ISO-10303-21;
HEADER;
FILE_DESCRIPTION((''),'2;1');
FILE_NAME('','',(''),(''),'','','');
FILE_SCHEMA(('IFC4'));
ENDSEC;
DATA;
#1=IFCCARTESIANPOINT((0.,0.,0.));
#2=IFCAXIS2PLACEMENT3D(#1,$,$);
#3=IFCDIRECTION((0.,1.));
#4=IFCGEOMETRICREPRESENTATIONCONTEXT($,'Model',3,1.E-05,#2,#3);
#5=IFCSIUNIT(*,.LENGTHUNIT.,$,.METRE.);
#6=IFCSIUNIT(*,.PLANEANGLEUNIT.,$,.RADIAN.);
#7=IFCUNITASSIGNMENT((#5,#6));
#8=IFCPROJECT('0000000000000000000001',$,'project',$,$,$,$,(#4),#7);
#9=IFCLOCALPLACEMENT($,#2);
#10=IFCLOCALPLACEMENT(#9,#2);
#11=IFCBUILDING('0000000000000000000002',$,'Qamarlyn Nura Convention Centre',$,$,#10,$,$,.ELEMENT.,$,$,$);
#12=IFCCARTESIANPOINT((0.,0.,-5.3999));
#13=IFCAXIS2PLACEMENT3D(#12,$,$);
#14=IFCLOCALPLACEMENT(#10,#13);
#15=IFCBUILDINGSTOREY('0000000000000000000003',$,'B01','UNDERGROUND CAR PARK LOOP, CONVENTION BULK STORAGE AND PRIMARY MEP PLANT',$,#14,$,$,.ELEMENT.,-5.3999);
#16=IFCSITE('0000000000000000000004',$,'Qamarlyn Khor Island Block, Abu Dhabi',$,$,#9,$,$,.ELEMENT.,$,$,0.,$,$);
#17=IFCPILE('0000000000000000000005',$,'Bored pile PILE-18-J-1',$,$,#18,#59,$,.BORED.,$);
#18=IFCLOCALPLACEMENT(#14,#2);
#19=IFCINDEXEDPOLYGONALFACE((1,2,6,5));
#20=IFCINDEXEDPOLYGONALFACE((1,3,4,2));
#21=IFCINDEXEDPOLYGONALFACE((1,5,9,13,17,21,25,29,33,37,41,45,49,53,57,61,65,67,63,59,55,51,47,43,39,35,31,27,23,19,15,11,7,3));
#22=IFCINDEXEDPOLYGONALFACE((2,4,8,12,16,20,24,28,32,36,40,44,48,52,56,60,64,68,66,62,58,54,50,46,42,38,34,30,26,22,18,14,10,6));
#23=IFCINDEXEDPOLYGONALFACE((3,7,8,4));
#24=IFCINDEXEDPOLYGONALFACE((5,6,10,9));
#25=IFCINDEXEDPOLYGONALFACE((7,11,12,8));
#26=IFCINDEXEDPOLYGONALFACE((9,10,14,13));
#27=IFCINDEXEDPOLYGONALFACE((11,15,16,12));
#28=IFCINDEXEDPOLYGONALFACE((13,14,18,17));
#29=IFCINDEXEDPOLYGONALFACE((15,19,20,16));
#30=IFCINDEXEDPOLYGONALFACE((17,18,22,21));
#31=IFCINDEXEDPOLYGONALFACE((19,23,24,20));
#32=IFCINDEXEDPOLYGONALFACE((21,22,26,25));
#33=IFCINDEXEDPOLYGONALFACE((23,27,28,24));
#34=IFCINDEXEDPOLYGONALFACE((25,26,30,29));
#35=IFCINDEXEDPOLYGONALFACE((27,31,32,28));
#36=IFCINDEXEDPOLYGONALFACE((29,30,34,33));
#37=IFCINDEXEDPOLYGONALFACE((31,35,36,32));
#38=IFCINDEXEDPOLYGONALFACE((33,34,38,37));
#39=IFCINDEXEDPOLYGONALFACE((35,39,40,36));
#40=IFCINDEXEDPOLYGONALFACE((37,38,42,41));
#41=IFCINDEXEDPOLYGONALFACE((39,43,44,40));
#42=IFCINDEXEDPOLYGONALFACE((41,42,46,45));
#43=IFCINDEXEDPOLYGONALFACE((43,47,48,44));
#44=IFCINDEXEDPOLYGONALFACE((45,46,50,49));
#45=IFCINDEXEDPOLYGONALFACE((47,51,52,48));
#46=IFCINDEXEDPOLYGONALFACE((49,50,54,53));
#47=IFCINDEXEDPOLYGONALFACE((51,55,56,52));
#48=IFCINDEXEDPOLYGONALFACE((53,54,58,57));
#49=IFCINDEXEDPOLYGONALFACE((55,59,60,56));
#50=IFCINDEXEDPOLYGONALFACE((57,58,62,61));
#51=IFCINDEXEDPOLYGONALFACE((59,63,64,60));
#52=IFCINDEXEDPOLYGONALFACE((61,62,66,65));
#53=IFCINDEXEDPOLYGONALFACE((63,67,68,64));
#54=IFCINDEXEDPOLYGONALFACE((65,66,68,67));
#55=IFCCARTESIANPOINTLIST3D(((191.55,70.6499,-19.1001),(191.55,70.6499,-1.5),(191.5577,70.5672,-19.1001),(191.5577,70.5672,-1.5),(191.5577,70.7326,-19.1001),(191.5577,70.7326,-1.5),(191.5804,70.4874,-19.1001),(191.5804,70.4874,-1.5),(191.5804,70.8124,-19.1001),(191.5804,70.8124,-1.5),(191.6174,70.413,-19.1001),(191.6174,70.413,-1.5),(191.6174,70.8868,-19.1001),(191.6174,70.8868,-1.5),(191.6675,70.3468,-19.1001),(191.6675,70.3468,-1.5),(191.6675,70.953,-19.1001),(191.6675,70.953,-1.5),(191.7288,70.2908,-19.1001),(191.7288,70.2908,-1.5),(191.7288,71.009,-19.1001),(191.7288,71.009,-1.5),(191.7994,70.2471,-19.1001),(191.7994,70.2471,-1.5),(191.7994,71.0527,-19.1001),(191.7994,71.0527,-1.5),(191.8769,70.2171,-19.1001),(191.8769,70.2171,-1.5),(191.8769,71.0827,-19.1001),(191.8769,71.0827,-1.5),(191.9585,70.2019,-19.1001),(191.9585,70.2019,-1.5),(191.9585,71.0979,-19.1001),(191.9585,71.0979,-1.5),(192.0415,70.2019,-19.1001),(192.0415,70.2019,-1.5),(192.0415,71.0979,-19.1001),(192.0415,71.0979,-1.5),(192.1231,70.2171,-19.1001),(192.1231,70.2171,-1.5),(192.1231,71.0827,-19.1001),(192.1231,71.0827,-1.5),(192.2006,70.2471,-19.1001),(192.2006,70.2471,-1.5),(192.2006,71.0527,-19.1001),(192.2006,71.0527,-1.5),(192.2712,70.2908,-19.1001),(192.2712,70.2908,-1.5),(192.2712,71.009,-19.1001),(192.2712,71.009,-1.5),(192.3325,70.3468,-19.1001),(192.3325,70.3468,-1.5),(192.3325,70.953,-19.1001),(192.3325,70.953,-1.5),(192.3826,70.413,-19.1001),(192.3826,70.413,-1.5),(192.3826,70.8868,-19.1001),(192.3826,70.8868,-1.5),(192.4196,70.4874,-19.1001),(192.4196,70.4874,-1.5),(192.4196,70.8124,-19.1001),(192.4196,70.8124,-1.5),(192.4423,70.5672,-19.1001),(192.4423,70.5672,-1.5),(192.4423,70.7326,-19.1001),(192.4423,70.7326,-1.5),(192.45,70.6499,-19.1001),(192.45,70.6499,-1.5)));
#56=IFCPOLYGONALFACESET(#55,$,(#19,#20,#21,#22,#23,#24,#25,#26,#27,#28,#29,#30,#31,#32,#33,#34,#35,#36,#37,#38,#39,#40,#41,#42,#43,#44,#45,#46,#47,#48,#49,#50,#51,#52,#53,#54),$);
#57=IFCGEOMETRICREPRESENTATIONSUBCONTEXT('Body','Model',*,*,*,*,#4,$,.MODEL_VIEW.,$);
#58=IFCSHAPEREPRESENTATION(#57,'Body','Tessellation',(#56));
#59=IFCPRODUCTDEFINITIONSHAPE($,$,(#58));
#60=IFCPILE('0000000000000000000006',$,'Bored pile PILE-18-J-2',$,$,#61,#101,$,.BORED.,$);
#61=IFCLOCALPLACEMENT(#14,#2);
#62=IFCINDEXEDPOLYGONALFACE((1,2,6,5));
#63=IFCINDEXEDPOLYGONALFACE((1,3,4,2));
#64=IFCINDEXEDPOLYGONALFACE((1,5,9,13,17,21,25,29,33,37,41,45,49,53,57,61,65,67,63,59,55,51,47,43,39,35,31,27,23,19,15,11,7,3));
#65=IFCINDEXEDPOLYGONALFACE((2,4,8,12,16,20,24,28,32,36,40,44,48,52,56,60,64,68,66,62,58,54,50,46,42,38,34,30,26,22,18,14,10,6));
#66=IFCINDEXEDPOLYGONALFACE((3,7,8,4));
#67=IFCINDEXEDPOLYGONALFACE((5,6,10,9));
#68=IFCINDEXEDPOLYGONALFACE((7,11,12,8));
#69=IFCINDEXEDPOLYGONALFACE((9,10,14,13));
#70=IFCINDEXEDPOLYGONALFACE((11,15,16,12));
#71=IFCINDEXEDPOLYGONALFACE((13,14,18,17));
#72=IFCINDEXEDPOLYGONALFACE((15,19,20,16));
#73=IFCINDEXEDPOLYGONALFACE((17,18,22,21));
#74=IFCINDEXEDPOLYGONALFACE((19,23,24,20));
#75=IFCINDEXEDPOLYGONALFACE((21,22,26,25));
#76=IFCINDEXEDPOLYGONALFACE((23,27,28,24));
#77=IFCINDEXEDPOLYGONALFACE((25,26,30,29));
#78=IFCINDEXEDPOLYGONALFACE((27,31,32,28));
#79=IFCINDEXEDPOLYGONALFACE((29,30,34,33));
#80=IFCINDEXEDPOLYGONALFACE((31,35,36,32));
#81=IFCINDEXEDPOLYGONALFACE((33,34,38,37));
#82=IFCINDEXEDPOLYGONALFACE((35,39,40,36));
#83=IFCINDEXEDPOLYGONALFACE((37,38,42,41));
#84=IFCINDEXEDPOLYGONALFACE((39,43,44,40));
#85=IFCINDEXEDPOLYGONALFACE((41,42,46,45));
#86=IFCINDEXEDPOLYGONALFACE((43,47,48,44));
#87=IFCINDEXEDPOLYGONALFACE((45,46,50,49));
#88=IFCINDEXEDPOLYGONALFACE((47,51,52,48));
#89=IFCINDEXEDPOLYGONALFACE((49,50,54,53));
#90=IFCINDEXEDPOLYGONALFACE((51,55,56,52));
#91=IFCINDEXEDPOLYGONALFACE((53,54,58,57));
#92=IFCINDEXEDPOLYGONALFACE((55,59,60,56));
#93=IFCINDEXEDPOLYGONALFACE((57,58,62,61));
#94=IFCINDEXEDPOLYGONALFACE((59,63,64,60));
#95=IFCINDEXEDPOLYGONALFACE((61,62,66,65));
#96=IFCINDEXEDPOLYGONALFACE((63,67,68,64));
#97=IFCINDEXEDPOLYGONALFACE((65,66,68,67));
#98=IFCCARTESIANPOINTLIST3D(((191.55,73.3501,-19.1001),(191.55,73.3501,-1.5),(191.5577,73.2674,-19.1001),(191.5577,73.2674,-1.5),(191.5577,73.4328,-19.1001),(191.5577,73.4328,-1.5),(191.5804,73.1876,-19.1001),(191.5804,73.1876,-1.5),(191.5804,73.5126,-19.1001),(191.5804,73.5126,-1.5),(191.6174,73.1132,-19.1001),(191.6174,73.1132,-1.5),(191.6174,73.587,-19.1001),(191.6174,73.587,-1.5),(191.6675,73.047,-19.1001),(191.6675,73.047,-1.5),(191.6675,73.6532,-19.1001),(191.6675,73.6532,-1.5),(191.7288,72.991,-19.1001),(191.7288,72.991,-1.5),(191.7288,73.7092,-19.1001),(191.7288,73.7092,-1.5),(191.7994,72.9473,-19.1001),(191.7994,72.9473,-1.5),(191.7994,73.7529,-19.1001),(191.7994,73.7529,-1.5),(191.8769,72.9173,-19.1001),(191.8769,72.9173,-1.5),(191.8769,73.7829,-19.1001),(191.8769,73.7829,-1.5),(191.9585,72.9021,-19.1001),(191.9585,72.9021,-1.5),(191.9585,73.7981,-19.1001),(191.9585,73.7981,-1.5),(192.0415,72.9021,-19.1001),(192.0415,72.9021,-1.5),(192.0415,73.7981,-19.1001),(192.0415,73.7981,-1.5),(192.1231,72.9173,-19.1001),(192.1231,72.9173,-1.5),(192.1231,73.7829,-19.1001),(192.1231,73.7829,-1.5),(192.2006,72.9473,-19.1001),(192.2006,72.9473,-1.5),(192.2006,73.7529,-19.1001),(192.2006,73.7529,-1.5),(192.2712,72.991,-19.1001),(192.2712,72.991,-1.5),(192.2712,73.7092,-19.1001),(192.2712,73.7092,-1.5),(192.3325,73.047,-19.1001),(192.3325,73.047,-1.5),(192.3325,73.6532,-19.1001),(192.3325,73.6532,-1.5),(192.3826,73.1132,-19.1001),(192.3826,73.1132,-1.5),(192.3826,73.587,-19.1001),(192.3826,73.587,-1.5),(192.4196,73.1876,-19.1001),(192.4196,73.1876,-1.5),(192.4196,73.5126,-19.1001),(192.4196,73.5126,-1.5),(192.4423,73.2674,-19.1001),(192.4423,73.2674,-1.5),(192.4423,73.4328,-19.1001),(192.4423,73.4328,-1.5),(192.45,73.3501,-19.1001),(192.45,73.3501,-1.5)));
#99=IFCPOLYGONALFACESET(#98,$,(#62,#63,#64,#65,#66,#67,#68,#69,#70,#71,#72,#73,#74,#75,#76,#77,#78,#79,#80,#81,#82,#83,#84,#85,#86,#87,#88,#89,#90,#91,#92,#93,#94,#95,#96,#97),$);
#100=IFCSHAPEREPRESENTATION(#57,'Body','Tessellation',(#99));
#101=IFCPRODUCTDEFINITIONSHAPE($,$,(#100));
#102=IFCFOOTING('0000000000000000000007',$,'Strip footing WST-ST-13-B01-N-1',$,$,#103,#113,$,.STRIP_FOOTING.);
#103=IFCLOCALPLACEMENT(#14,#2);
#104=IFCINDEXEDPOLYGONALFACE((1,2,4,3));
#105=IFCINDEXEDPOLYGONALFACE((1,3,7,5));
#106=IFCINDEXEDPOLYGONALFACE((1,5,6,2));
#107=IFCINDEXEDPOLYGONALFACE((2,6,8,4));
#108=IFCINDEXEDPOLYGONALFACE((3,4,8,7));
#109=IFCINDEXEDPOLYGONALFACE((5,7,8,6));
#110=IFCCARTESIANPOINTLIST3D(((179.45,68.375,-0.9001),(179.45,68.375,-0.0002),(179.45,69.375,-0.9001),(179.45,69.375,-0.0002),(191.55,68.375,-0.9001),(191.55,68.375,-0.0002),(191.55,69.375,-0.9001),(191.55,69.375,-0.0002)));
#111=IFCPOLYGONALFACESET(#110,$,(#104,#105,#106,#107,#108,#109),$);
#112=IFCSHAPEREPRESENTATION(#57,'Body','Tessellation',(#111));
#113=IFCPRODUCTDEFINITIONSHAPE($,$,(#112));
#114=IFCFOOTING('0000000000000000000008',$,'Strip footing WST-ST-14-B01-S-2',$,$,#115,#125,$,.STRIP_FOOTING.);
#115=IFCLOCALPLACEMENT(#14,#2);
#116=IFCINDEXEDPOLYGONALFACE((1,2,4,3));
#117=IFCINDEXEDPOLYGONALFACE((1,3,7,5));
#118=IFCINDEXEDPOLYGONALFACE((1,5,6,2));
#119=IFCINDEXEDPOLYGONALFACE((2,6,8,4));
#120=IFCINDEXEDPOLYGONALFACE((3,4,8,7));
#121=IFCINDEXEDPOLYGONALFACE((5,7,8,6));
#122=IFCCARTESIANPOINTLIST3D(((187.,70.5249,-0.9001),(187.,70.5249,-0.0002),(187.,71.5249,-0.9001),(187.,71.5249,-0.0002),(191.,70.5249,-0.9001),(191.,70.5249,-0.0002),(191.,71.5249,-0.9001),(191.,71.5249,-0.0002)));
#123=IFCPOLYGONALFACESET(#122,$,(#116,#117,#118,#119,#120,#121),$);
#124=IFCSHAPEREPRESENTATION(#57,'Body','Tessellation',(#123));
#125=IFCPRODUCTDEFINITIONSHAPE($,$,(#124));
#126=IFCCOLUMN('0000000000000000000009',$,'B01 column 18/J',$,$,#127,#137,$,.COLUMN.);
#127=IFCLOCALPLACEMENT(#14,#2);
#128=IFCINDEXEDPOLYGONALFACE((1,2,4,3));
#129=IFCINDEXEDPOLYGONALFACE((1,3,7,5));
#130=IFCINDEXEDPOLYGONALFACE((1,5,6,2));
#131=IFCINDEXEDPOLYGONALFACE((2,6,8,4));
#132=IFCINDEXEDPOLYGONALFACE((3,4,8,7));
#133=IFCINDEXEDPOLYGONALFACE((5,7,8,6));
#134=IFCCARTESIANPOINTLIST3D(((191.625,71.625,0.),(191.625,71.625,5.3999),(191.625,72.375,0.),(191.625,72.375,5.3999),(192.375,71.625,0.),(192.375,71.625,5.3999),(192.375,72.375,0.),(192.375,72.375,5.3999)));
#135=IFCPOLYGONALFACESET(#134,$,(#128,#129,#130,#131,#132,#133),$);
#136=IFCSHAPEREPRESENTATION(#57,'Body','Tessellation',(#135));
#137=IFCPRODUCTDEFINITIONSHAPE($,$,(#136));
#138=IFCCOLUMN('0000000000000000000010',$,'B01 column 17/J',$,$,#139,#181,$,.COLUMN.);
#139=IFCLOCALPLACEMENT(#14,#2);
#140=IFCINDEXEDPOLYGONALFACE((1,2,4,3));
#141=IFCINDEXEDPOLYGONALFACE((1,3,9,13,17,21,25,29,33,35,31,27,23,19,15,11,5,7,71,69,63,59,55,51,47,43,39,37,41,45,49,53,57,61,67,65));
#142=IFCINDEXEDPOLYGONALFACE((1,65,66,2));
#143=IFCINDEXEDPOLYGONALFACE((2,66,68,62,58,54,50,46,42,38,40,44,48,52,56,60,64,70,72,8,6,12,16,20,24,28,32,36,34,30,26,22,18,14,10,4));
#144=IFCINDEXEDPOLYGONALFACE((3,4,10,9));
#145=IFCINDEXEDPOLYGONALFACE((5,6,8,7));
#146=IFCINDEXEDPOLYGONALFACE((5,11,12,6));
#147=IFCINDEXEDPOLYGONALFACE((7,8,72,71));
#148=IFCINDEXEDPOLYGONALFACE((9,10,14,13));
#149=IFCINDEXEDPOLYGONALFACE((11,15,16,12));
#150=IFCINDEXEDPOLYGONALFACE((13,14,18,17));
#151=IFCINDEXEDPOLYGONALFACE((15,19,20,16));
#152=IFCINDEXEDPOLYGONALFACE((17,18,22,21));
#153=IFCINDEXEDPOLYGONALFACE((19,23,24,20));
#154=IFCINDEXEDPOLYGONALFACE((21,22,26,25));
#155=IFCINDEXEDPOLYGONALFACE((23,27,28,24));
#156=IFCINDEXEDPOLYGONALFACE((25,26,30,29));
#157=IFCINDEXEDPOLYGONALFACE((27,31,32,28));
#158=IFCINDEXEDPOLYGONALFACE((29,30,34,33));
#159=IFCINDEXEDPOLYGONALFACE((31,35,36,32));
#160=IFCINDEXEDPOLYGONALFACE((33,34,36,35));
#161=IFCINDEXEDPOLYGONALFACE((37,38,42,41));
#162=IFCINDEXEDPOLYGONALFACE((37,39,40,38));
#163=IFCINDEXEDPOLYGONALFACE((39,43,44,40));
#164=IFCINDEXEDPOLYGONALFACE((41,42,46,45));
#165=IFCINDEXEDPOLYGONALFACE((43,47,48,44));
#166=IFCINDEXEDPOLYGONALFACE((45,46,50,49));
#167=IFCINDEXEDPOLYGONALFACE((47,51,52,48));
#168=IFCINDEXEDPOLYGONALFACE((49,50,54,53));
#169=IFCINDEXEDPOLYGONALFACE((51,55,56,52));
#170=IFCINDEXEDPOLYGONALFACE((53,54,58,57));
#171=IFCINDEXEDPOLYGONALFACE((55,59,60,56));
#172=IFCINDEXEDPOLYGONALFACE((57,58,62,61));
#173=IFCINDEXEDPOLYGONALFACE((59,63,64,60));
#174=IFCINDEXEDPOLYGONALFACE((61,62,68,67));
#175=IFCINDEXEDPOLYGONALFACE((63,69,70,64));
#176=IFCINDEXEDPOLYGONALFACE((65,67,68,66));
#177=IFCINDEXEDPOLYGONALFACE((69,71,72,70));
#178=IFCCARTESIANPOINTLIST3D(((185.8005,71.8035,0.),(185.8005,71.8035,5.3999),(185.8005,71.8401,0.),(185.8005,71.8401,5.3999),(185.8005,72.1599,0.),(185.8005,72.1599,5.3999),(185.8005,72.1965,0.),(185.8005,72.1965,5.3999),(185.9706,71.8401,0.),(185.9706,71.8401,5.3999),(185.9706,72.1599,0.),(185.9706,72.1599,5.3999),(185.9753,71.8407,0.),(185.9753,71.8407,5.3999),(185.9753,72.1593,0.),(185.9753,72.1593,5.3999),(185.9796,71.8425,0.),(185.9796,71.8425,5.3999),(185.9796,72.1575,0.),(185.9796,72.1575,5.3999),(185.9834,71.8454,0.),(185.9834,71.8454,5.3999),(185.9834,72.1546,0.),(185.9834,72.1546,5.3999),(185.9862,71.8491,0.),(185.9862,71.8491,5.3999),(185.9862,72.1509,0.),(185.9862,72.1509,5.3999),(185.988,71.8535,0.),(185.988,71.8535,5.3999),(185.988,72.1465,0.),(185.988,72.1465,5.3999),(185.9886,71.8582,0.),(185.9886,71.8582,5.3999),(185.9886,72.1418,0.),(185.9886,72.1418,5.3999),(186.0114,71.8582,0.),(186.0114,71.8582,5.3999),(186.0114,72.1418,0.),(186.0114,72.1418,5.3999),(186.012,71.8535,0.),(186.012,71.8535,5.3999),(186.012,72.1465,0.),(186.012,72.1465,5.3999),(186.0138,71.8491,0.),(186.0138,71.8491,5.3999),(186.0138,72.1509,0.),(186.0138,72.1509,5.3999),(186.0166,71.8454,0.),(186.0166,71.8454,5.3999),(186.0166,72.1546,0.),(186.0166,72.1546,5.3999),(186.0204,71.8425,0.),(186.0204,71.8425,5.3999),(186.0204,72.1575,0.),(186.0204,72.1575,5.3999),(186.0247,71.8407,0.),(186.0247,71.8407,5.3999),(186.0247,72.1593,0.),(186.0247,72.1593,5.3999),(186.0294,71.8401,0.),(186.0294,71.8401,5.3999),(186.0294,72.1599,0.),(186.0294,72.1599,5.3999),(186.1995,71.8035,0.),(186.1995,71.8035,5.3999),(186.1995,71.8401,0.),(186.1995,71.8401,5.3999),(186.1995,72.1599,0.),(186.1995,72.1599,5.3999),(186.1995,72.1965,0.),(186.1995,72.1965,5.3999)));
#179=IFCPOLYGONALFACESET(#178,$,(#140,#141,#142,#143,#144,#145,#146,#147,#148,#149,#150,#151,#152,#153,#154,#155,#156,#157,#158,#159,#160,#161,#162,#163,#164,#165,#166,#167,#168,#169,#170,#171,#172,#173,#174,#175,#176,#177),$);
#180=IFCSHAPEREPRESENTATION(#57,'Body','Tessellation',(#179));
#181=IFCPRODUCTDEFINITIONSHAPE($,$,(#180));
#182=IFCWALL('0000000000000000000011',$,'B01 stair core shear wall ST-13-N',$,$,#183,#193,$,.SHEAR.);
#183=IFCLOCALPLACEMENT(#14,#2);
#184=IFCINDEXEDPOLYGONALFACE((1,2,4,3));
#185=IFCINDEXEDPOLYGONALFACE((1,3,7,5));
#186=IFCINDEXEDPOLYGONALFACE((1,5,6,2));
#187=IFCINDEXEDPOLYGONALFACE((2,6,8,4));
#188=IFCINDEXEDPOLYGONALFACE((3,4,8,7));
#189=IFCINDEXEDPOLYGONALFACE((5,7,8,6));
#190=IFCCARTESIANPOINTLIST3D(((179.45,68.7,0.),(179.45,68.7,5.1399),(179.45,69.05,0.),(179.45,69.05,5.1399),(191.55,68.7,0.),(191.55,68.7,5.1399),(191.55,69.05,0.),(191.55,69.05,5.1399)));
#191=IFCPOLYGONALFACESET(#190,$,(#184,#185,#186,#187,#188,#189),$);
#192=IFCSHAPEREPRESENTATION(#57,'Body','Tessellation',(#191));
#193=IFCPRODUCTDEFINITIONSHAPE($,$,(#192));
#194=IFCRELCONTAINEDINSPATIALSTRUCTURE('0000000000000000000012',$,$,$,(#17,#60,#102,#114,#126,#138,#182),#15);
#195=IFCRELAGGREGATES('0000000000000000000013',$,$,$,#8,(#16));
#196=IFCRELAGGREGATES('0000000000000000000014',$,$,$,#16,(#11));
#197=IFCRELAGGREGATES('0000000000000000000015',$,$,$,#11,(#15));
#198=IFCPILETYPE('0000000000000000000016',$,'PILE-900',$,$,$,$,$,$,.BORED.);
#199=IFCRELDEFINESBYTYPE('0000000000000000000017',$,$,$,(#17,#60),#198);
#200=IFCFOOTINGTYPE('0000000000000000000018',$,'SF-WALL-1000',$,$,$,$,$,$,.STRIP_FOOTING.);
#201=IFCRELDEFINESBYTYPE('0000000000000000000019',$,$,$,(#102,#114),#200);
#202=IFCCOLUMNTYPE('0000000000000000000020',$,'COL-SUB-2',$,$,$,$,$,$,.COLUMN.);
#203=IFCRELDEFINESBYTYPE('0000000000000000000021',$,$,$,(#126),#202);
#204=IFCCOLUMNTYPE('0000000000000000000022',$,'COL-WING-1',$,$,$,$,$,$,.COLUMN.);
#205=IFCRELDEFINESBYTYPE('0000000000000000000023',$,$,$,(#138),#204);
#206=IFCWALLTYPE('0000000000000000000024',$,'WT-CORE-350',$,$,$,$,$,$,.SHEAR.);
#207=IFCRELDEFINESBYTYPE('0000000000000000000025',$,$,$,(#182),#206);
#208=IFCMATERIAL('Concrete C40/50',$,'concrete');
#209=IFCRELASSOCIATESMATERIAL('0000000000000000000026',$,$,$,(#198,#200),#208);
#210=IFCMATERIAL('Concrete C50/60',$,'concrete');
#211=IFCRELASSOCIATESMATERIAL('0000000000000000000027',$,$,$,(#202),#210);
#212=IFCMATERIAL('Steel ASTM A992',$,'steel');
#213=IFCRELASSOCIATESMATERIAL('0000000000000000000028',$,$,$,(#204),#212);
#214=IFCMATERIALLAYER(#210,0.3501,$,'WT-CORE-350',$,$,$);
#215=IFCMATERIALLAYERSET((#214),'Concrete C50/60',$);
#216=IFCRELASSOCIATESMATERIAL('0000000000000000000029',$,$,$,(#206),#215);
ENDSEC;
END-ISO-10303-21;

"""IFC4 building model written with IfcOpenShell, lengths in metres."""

from ifc_helpers import new_model, si_unit, direction, frame, frame_2d, origin, origin_2d, place, context, subcontext, project, spatial, rectangle, circle, i_section, extrude, material, layer, layer_set, material_profile, profile_set, type_object, element, save


model = new_model("IFC4")

# Units and contexts
model_context = context("Model", 3, precision=1e-05, world=origin(), true_north=direction((0.0, 1.0)))
body_context = subcontext(model_context, "Body", "Model", "MODEL_VIEW")
ifc_project = project(units=[si_unit("LENGTHUNIT", "METRE"), si_unit("PLANEANGLEUNIT", "RADIAN")], contexts=[model_context])

# Site, building, storey
site_placement = place(None, origin())
site = spatial("IfcSite", under=ifc_project, at=site_placement, Name="Qamarlyn Khor Island Block, Abu Dhabi", CompositionType="ELEMENT", RefElevation=0.0)
building_placement = place(site_placement, origin())
building = spatial("IfcBuilding", under=site, at=building_placement, Name="Qamarlyn Nura Convention Centre", CompositionType="ELEMENT")
storey_placement = place(building_placement, frame((0.0, 0.0, -5.3999)))
storey = spatial("IfcBuildingStorey", under=building, at=storey_placement, Name="B01", Description="UNDERGROUND CAR PARK LOOP, CONVENTION BULK STORAGE AND PRIMARY MEP PLANT", CompositionType="ELEMENT", Elevation=-5.3999)

# Shared definitions
ifc_material_1 = material(Name="Concrete C40/50", Category="concrete")

# Piles
ifc_material_profile_1 = material_profile(ifc_material_1, circle(Radius=0.45, at=origin_2d()), Name="BORED PILE 900")
ifc_profile_set_1 = profile_set([ifc_material_profile_1], Name="Concrete C40/50")
pile_type = type_object("IfcPileType", Name="PILE-900", PredefinedType="BORED", material=ifc_profile_set_1)
for number, where, z_axis, x_axis, name in (
    (1, (192.0, 70.6499, -1.5), (0.0, 0.0, -1.0), (1.0, 0.0, 0.0), "Bored pile PILE-18-J-1"),
    (2, (192.0, 73.3501, -1.5), (0.0, 0.0, -1.0), (1.0, 0.0, 0.0), "Bored pile PILE-18-J-2"),
):
    element("IfcPile", number, at=place(storey_placement, frame(where, z_axis=z_axis, x_axis=x_axis)), inside=storey, type_object=pile_type, Name=name, PredefinedType="BORED", context=body_context, shape_type="SweptSolid", body=[
        extrude(circle(Radius=0.45, at=origin_2d()), origin(), (0.0, 0.0, 1.0), 17.6001),
    ])

# Footings
ifc_material_profile_2 = material_profile(ifc_material_1, rectangle(XDim=1.0, YDim=0.8999, at=origin_2d()), Name="RC STRIP 1000x900")
ifc_profile_set_2 = profile_set([ifc_material_profile_2], Name="Concrete C40/50")
footing_type_1 = type_object("IfcFootingType", Name="SF-WALL-1000", PredefinedType="STRIP_FOOTING", material=ifc_profile_set_2)
footing_1_placement = place(storey_placement, frame((191.55, 68.875, -0.4502), z_axis=(-1.0, 0.0, 0.0), x_axis=(0.0, -1.0, 0.0)))
element("IfcFooting", 3, at=footing_1_placement, inside=storey, type_object=footing_type_1, Name="Strip footing WST-ST-13-B01-N-1", PredefinedType="STRIP_FOOTING", context=body_context, shape_type="SweptSolid", body=[
    extrude(rectangle(XDim=1.0, YDim=0.8999, at=origin_2d()), origin(), (0.0, 0.0, 1.0), 12.1001),
])
footing_2_placement = place(storey_placement, frame((187.0, 71.0249, -0.4502), z_axis=(1.0, 0.0, 0.0), x_axis=(0.0, 1.0, 0.0)))
element("IfcFooting", 4, at=footing_2_placement, inside=storey, type_object=footing_type_1, Name="Strip footing WST-ST-14-B01-S-2", PredefinedType="STRIP_FOOTING", context=body_context, shape_type="SweptSolid", body=[
    extrude(rectangle(XDim=1.0, YDim=0.8999, at=origin_2d()), origin(), (0.0, 0.0, 1.0), 4.0),
])

# Columns
ifc_material_2 = material(Name="Concrete C50/60", Category="concrete")
ifc_material_profile_3 = material_profile(ifc_material_2, rectangle(XDim=0.75, YDim=0.75, at=origin_2d()), Name="RC 750x750")
ifc_profile_set_3 = profile_set([ifc_material_profile_3], Name="Concrete C50/60")
column_type_1 = type_object("IfcColumnType", Name="COL-SUB-2", PredefinedType="COLUMN", material=ifc_profile_set_3)
column_1_placement = place(storey_placement, frame((192.0, 72.0, 0.0), z_axis=(0.0, 0.0, 1.0), x_axis=(1.0, 0.0, 0.0)))
element("IfcColumn", 5, at=column_1_placement, inside=storey, type_object=column_type_1, Name="B01 column 18/J", PredefinedType="COLUMN", context=body_context, shape_type="SweptSolid", body=[
    extrude(rectangle(XDim=0.75, YDim=0.75, at=origin_2d()), origin(), (0.0, 0.0, 1.0), 5.3999),
])
ifc_material_3 = material(Name="Steel ASTM A992", Category="steel")
ifc_material_profile_4 = material_profile(ifc_material_3, i_section(OverallWidth=0.3989, OverallDepth=0.3931, WebThickness=0.0227, FlangeThickness=0.0366, FilletRadius=0.0181, at=origin_2d()), Name="W360X287")
ifc_profile_set_4 = profile_set([ifc_material_profile_4], Name="Steel ASTM A992")
column_type_2 = type_object("IfcColumnType", Name="COL-WING-1", PredefinedType="COLUMN", material=ifc_profile_set_4)
column_2_placement = place(storey_placement, frame((186.0, 72.0, 0.0), z_axis=(0.0, 0.0, 1.0), x_axis=(1.0, 0.0, 0.0)))
element("IfcColumn", 6, at=column_2_placement, inside=storey, type_object=column_type_2, Name="B01 column 17/J", PredefinedType="COLUMN", context=body_context, shape_type="SweptSolid", body=[
    extrude(i_section(OverallWidth=0.3989, OverallDepth=0.3931, WebThickness=0.0227, FlangeThickness=0.0366, FilletRadius=0.0181, at=origin_2d()), origin(), (0.0, 0.0, 1.0), 5.3999),
])

# Wall
ifc_layer_1 = layer(ifc_material_2, 0.3501, Name="WT-CORE-350")
ifc_layer_set_1 = layer_set([ifc_layer_1], Name="Concrete C50/60")
wall_type_1 = type_object("IfcWallType", Name="WT-CORE-350", PredefinedType="SHEAR", material=ifc_layer_set_1)
wall_1_placement = place(storey_placement, frame((191.55, 68.875, 0.0), z_axis=(0.0, 0.0, 1.0), x_axis=(-1.0, 0.0, 0.0)))
element("IfcWall", 7, at=wall_1_placement, inside=storey, type_object=wall_type_1, Name="B01 stair core shear wall ST-13-N", PredefinedType="SHEAR", context=body_context, shape_type="SweptSolid", body=[
    extrude(rectangle(XDim=12.1001, YDim=0.3501, at=frame_2d((6.05, 0.0))), origin(), (0.0, 0.0, 1.0), 5.1399),
])

save(model, "model.ifc")
